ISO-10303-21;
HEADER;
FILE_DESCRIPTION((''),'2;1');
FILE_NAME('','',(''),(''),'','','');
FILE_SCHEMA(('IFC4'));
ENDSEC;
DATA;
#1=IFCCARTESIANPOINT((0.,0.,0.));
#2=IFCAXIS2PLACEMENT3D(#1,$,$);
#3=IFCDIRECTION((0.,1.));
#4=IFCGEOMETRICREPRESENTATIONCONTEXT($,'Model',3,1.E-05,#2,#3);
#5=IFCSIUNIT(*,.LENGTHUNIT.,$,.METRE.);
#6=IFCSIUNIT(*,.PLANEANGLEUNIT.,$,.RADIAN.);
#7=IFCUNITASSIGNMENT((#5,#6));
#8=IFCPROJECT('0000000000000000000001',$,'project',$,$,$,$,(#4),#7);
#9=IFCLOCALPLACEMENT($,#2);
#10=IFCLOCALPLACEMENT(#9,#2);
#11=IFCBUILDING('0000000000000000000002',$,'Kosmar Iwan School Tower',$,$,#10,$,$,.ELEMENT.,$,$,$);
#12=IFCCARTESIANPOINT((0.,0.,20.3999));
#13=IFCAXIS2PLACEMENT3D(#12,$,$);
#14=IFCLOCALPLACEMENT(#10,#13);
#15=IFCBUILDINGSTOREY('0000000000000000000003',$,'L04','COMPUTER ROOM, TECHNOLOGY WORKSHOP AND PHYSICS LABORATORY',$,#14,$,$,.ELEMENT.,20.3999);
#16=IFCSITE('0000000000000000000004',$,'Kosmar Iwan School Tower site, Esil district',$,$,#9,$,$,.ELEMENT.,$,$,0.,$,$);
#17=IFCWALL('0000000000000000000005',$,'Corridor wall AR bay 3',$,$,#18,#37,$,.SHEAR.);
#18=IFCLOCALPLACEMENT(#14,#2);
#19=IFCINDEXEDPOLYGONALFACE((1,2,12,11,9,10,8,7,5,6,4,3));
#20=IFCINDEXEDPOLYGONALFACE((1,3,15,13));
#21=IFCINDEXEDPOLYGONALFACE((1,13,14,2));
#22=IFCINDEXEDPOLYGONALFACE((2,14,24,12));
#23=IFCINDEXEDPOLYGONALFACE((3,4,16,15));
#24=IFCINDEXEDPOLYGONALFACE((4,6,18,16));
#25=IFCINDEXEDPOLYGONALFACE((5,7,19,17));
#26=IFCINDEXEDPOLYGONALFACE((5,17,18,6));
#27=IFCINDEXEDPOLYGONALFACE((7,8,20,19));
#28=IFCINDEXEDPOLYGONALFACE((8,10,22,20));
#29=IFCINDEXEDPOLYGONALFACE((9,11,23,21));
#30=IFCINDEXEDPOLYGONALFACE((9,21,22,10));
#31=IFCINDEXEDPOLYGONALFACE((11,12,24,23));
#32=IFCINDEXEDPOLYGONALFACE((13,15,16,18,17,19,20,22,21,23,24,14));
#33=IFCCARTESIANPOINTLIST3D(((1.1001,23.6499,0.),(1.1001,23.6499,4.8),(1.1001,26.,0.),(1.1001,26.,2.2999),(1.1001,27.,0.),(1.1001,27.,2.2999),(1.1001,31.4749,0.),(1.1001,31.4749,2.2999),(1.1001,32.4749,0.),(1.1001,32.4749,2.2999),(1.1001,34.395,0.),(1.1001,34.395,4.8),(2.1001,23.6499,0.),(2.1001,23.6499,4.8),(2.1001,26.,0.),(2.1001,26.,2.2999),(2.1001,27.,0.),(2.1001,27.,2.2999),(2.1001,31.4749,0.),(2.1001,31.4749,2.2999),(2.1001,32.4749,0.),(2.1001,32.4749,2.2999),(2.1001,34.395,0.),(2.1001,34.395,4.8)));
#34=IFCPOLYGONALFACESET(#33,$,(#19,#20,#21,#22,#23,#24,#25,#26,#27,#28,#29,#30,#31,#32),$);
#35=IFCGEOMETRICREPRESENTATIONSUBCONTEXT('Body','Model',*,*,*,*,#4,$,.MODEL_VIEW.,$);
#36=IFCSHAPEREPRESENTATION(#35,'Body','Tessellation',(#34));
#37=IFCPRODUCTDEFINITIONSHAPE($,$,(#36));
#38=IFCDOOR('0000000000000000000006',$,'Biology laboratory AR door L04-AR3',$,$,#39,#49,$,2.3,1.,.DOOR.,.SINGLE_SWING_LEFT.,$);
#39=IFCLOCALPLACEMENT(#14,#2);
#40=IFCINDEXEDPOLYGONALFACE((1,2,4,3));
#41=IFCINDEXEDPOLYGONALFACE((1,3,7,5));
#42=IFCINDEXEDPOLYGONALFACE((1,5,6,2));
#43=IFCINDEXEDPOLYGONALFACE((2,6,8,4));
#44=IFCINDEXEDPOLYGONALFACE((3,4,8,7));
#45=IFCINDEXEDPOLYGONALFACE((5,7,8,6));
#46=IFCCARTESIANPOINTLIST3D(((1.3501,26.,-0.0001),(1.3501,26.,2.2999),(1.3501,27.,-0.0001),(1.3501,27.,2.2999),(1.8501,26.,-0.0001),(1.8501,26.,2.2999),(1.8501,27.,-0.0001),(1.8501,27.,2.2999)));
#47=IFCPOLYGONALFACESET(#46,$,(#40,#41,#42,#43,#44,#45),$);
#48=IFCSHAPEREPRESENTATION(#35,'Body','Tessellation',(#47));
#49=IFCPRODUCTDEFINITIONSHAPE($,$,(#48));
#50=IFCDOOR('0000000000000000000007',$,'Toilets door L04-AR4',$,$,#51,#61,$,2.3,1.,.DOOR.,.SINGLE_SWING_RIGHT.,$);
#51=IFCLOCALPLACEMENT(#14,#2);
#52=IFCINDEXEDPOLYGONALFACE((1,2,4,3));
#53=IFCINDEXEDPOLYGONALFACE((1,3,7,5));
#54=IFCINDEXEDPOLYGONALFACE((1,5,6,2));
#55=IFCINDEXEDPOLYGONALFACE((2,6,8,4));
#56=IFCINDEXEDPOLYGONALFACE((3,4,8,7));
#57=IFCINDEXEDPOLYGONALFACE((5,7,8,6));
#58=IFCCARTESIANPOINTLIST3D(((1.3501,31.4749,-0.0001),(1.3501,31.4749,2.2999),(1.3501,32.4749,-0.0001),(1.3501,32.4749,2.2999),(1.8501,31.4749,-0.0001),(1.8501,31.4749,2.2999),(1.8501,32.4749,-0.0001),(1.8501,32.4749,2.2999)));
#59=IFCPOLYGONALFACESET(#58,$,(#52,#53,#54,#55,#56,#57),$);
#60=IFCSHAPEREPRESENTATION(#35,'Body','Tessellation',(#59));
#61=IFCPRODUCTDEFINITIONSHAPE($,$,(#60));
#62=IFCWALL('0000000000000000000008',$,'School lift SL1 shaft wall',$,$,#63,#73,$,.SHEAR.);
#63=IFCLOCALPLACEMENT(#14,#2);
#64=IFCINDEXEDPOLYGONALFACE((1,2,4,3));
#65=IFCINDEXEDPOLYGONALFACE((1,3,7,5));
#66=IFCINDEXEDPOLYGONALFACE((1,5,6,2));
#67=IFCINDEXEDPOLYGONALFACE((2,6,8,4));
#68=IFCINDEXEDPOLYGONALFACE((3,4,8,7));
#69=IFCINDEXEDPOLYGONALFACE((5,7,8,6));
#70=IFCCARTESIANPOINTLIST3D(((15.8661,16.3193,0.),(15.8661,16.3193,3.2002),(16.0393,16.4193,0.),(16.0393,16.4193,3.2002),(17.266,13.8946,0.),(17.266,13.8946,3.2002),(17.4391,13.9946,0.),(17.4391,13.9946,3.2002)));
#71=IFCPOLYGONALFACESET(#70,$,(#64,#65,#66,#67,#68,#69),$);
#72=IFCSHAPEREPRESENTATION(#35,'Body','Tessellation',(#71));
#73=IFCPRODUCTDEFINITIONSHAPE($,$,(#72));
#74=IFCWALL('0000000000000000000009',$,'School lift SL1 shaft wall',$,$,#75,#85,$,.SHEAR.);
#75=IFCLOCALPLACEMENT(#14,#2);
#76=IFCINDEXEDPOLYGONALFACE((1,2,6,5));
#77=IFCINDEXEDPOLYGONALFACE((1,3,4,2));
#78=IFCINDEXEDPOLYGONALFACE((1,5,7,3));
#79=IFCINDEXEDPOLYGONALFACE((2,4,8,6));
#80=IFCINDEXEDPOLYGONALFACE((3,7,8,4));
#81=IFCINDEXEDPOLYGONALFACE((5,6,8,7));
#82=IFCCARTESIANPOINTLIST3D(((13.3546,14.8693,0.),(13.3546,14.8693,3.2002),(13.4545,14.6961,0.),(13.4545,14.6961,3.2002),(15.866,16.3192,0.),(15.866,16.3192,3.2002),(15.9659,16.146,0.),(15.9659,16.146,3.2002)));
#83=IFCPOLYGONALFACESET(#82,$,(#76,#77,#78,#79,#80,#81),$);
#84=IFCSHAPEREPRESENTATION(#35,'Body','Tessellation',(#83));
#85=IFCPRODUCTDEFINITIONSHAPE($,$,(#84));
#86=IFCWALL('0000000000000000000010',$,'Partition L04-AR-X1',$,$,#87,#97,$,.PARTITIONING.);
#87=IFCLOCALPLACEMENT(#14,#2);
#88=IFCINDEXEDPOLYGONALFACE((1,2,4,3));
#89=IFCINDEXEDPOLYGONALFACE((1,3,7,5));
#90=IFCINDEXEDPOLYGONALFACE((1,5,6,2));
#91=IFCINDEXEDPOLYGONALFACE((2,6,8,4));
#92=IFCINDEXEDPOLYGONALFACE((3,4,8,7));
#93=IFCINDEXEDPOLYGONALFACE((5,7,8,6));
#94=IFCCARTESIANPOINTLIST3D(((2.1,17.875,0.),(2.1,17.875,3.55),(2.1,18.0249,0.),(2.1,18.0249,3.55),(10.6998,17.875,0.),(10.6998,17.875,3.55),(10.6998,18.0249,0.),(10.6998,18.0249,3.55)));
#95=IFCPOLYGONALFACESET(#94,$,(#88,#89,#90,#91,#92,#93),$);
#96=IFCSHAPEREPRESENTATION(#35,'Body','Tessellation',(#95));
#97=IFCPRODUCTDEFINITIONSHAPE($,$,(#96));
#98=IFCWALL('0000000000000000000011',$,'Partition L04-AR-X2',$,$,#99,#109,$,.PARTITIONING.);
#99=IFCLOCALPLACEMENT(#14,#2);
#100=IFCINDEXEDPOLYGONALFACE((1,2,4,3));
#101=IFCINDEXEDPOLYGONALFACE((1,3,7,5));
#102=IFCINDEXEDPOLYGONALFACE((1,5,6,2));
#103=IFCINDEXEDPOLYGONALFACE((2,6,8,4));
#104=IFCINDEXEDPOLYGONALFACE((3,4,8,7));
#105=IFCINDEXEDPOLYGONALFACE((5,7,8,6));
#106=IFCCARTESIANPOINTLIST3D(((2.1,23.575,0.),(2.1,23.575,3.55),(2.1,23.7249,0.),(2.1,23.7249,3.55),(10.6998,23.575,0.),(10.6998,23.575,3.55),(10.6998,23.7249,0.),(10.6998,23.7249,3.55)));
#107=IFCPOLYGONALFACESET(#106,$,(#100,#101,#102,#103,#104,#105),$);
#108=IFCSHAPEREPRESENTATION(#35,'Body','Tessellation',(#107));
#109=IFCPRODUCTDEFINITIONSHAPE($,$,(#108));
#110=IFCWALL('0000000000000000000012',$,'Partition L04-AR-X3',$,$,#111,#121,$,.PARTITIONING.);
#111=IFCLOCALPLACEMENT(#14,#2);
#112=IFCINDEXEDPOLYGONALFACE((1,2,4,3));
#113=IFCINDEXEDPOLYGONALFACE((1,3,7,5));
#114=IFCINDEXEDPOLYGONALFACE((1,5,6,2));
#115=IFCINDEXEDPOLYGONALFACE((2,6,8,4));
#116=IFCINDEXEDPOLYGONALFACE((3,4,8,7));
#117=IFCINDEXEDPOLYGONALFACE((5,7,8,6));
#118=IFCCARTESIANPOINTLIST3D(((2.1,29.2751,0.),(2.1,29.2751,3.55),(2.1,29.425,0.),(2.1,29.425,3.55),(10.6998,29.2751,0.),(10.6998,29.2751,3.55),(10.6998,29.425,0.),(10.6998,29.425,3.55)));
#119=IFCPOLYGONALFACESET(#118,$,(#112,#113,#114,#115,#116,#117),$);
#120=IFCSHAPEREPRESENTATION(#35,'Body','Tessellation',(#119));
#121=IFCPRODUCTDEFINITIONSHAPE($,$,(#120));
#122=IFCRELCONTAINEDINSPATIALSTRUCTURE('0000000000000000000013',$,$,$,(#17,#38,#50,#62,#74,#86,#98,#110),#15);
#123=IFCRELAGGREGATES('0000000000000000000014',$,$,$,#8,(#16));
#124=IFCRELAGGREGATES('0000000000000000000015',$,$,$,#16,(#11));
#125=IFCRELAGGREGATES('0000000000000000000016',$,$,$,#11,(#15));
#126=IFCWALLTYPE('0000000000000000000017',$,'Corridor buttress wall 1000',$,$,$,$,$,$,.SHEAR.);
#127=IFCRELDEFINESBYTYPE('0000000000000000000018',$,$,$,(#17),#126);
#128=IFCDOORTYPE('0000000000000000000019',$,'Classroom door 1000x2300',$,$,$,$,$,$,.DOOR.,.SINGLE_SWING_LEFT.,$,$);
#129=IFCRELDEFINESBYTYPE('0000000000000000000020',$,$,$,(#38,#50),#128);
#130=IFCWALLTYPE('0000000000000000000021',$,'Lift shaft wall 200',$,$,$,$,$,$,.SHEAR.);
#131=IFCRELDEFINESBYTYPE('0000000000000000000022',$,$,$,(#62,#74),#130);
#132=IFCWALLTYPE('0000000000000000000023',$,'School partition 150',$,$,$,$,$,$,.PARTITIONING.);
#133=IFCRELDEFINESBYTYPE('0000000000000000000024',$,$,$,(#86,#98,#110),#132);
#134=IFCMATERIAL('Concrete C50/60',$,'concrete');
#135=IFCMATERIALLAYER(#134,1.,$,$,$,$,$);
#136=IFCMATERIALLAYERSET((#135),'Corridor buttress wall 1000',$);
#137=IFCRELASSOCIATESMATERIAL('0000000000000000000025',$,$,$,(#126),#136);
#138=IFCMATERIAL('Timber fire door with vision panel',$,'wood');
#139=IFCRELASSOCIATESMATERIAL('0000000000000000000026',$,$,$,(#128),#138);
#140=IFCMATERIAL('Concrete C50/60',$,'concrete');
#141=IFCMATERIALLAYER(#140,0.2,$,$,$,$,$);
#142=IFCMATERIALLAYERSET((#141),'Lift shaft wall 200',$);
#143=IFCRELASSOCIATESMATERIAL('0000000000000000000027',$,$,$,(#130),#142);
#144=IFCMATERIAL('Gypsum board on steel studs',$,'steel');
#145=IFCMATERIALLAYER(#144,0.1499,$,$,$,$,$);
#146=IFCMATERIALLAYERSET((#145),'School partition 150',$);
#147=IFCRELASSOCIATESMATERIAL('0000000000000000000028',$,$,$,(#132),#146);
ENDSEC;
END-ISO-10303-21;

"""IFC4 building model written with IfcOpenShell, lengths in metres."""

from ifc_helpers import new_model, si_unit, direction, frame, frame_2d, origin, place, context, subcontext, project, spatial, rectangle, extrude, material, layer, layer_set, type_object, element, fill, save


model = new_model("IFC4")

# Units and contexts
model_context = context("Model", 3, precision=1e-05, world=origin(), true_north=direction((0.0, 1.0)))
body_context = subcontext(model_context, "Body", "Model", "MODEL_VIEW")
ifc_project = project(units=[si_unit("LENGTHUNIT", "METRE"), si_unit("PLANEANGLEUNIT", "RADIAN")], contexts=[model_context])

# Site, building, storey
site_placement = place(None, origin())
site = spatial("IfcSite", under=ifc_project, at=site_placement, Name="Kosmar Iwan School Tower site, Esil district", CompositionType="ELEMENT", RefElevation=0.0)
building_placement = place(site_placement, origin())
building = spatial("IfcBuilding", under=site, at=building_placement, Name="Kosmar Iwan School Tower", CompositionType="ELEMENT")
storey_placement = place(building_placement, frame((0.0, 0.0, 20.3999)))
storey = spatial("IfcBuildingStorey", under=building, at=storey_placement, Name="L04", Description="COMPUTER ROOM, TECHNOLOGY WORKSHOP AND PHYSICS LABORATORY", CompositionType="ELEMENT", Elevation=20.3999)

# Shared definitions
ifc_material_1 = material(Name="Concrete C50/60", Category="concrete")
ifc_layer_1 = layer(ifc_material_1, 1.0)
ifc_layer_set_1 = layer_set([ifc_layer_1], Name="Corridor buttress wall 1000")
wall_type_1 = type_object("IfcWallType", Name="Corridor buttress wall 1000", PredefinedType="SHEAR", material=ifc_layer_set_1)
ifc_material_2 = material(Name="Timber fire door with vision panel", Category="wood")
door_type = type_object("IfcDoorType", Name="Classroom door 1000x2300", OperationType="SINGLE_SWING_LEFT", PredefinedType="DOOR", material=ifc_material_2)

# Wall, openings, doors
wall_1_placement = place(storey_placement, frame((1.6001, 23.6499, 0.0), z_axis=(0.0, 0.0, 1.0), x_axis=(0.0, 1.0, 0.0)))
wall_1 = element("IfcWall", 1, at=wall_1_placement, inside=storey, type_object=wall_type_1, Name="Corridor wall AR bay 3", PredefinedType="SHEAR", context=body_context, shape_type="SweptSolid", body=[
    extrude(rectangle(XDim=10.7451, YDim=1.0, at=frame_2d((5.3726, 0.0))), origin(), (0.0, 0.0, 1.0), 4.8),
])
opening_1_placement = place(wall_1_placement, frame((2.3501, 0.0, 0.0)))
opening_1 = element("IfcOpeningElement", 2, at=opening_1_placement, cuts=wall_1, PredefinedType="OPENING", context=body_context, shape_type="SweptSolid", body=[
    extrude(rectangle(XDim=1.0, YDim=2.3, at=frame_2d((0.5, 1.1499))), frame((0.0, 0.512, 0.0), z_axis=(0.0, -1.0, 0.0), x_axis=(1.0, 0.0, 0.0)), (0.0, 0.0, 1.0), 1.0239),
])
opening_2_placement = place(wall_1_placement, frame((7.825, 0.0, 0.0)))
opening_2 = element("IfcOpeningElement", 3, at=opening_2_placement, cuts=wall_1, PredefinedType="OPENING", context=body_context, shape_type="SweptSolid", body=[
    extrude(rectangle(XDim=1.0, YDim=2.3, at=frame_2d((0.5, 1.1499))), frame((0.0, 0.512, 0.0), z_axis=(0.0, -1.0, 0.0), x_axis=(1.0, 0.0, 0.0)), (0.0, 0.0, 1.0), 1.0239),
])
door_1_placement = place(opening_1_placement, origin())
door_1 = element("IfcDoor", 4, at=door_1_placement, inside=storey, type_object=door_type, Name="Biology laboratory AR door L04-AR3", OperationType="SINGLE_SWING_LEFT", OverallHeight=2.3, OverallWidth=1.0, PredefinedType="DOOR", context=body_context, shape_type="SweptSolid", body=[
    extrude(rectangle(XDim=1.0, YDim=2.3, at=frame_2d((0.5, 1.1499))), frame((0.0, 0.25, 0.0), z_axis=(0.0, -1.0, 0.0), x_axis=(1.0, 0.0, 0.0)), (0.0, 0.0, 1.0), 0.5),
])
fill(opening_1, door_1)
door_2_placement = place(opening_2_placement, origin())
door_2 = element("IfcDoor", 5, at=door_2_placement, inside=storey, type_object=door_type, Name="Toilets door L04-AR4", OperationType="SINGLE_SWING_RIGHT", OverallHeight=2.3, OverallWidth=1.0, PredefinedType="DOOR", context=body_context, shape_type="SweptSolid", body=[
    extrude(rectangle(XDim=1.0, YDim=2.3, at=frame_2d((0.5, 1.1499))), frame((0.0, 0.25, 0.0), z_axis=(0.0, -1.0, 0.0), x_axis=(1.0, 0.0, 0.0)), (0.0, 0.0, 1.0), 0.5),
])
fill(opening_2, door_2)

# Walls
ifc_material_3 = material(Name="Concrete C50/60", Category="concrete")
ifc_layer_2 = layer(ifc_material_3, 0.2)
ifc_layer_set_2 = layer_set([ifc_layer_2], Name="Lift shaft wall 200")
wall_type_2 = type_object("IfcWallType", Name="Lift shaft wall 200", PredefinedType="SHEAR", material=ifc_layer_set_2)
wall_2_placement = place(storey_placement, frame((17.3525, 13.9446, 0.0), z_axis=(0.0, 0.0, 1.0), x_axis=(-0.499984, 0.866035, 0.0)))
element("IfcWall", 6, at=wall_2_placement, inside=storey, type_object=wall_type_2, Name="School lift SL1 shaft wall", PredefinedType="SHEAR", context=body_context, shape_type="SweptSolid", body=[
    extrude(rectangle(XDim=2.7998, YDim=0.2, at=frame_2d((1.3999, 0.0))), origin(), (0.0, 0.0, 1.0), 3.2002),
])
wall_3_placement = place(storey_placement, frame((13.4045, 14.7827, 0.0), z_axis=(0.0, 0.0, 1.0), x_axis=(0.866033, 0.499987, 0.0)))
element("IfcWall", 7, at=wall_3_placement, inside=storey, type_object=wall_type_2, Name="School lift SL1 shaft wall", PredefinedType="SHEAR", context=body_context, shape_type="SweptSolid", body=[
    extrude(rectangle(XDim=2.8999, YDim=0.2, at=frame_2d((1.45, 0.0))), origin(), (0.0, 0.0, 1.0), 3.2002),
])
ifc_material_4 = material(Name="Gypsum board on steel studs", Category="steel")
ifc_layer_3 = layer(ifc_material_4, 0.1499)
ifc_layer_set_3 = layer_set([ifc_layer_3], Name="School partition 150")
wall_type_3 = type_object("IfcWallType", Name="School partition 150", PredefinedType="PARTITIONING", material=ifc_layer_set_3)
for number, where, z_axis, x_axis, name in (
    (8, (2.1001, 17.95, 0.0), (0.0, 0.0, 1.0), (1.0, 0.0, 0.0), "Partition L04-AR-X1"),
    (9, (2.1001, 23.6499, 0.0), (0.0, 0.0, 1.0), (1.0, 0.0, 0.0), "Partition L04-AR-X2"),
    (10, (2.1001, 29.3501, 0.0), (0.0, 0.0, 1.0), (1.0, 0.0, 0.0), "Partition L04-AR-X3"),
):
    element("IfcWall", number, at=place(storey_placement, frame(where, z_axis=z_axis, x_axis=x_axis)), inside=storey, type_object=wall_type_3, Name=name, PredefinedType="PARTITIONING", context=body_context, shape_type="SweptSolid", body=[
        extrude(rectangle(XDim=8.5999, YDim=0.1499, at=frame_2d((4.2998, 0.0))), origin(), (0.0, 0.0, 1.0), 3.55),
    ])

save(model, "model.ifc")
